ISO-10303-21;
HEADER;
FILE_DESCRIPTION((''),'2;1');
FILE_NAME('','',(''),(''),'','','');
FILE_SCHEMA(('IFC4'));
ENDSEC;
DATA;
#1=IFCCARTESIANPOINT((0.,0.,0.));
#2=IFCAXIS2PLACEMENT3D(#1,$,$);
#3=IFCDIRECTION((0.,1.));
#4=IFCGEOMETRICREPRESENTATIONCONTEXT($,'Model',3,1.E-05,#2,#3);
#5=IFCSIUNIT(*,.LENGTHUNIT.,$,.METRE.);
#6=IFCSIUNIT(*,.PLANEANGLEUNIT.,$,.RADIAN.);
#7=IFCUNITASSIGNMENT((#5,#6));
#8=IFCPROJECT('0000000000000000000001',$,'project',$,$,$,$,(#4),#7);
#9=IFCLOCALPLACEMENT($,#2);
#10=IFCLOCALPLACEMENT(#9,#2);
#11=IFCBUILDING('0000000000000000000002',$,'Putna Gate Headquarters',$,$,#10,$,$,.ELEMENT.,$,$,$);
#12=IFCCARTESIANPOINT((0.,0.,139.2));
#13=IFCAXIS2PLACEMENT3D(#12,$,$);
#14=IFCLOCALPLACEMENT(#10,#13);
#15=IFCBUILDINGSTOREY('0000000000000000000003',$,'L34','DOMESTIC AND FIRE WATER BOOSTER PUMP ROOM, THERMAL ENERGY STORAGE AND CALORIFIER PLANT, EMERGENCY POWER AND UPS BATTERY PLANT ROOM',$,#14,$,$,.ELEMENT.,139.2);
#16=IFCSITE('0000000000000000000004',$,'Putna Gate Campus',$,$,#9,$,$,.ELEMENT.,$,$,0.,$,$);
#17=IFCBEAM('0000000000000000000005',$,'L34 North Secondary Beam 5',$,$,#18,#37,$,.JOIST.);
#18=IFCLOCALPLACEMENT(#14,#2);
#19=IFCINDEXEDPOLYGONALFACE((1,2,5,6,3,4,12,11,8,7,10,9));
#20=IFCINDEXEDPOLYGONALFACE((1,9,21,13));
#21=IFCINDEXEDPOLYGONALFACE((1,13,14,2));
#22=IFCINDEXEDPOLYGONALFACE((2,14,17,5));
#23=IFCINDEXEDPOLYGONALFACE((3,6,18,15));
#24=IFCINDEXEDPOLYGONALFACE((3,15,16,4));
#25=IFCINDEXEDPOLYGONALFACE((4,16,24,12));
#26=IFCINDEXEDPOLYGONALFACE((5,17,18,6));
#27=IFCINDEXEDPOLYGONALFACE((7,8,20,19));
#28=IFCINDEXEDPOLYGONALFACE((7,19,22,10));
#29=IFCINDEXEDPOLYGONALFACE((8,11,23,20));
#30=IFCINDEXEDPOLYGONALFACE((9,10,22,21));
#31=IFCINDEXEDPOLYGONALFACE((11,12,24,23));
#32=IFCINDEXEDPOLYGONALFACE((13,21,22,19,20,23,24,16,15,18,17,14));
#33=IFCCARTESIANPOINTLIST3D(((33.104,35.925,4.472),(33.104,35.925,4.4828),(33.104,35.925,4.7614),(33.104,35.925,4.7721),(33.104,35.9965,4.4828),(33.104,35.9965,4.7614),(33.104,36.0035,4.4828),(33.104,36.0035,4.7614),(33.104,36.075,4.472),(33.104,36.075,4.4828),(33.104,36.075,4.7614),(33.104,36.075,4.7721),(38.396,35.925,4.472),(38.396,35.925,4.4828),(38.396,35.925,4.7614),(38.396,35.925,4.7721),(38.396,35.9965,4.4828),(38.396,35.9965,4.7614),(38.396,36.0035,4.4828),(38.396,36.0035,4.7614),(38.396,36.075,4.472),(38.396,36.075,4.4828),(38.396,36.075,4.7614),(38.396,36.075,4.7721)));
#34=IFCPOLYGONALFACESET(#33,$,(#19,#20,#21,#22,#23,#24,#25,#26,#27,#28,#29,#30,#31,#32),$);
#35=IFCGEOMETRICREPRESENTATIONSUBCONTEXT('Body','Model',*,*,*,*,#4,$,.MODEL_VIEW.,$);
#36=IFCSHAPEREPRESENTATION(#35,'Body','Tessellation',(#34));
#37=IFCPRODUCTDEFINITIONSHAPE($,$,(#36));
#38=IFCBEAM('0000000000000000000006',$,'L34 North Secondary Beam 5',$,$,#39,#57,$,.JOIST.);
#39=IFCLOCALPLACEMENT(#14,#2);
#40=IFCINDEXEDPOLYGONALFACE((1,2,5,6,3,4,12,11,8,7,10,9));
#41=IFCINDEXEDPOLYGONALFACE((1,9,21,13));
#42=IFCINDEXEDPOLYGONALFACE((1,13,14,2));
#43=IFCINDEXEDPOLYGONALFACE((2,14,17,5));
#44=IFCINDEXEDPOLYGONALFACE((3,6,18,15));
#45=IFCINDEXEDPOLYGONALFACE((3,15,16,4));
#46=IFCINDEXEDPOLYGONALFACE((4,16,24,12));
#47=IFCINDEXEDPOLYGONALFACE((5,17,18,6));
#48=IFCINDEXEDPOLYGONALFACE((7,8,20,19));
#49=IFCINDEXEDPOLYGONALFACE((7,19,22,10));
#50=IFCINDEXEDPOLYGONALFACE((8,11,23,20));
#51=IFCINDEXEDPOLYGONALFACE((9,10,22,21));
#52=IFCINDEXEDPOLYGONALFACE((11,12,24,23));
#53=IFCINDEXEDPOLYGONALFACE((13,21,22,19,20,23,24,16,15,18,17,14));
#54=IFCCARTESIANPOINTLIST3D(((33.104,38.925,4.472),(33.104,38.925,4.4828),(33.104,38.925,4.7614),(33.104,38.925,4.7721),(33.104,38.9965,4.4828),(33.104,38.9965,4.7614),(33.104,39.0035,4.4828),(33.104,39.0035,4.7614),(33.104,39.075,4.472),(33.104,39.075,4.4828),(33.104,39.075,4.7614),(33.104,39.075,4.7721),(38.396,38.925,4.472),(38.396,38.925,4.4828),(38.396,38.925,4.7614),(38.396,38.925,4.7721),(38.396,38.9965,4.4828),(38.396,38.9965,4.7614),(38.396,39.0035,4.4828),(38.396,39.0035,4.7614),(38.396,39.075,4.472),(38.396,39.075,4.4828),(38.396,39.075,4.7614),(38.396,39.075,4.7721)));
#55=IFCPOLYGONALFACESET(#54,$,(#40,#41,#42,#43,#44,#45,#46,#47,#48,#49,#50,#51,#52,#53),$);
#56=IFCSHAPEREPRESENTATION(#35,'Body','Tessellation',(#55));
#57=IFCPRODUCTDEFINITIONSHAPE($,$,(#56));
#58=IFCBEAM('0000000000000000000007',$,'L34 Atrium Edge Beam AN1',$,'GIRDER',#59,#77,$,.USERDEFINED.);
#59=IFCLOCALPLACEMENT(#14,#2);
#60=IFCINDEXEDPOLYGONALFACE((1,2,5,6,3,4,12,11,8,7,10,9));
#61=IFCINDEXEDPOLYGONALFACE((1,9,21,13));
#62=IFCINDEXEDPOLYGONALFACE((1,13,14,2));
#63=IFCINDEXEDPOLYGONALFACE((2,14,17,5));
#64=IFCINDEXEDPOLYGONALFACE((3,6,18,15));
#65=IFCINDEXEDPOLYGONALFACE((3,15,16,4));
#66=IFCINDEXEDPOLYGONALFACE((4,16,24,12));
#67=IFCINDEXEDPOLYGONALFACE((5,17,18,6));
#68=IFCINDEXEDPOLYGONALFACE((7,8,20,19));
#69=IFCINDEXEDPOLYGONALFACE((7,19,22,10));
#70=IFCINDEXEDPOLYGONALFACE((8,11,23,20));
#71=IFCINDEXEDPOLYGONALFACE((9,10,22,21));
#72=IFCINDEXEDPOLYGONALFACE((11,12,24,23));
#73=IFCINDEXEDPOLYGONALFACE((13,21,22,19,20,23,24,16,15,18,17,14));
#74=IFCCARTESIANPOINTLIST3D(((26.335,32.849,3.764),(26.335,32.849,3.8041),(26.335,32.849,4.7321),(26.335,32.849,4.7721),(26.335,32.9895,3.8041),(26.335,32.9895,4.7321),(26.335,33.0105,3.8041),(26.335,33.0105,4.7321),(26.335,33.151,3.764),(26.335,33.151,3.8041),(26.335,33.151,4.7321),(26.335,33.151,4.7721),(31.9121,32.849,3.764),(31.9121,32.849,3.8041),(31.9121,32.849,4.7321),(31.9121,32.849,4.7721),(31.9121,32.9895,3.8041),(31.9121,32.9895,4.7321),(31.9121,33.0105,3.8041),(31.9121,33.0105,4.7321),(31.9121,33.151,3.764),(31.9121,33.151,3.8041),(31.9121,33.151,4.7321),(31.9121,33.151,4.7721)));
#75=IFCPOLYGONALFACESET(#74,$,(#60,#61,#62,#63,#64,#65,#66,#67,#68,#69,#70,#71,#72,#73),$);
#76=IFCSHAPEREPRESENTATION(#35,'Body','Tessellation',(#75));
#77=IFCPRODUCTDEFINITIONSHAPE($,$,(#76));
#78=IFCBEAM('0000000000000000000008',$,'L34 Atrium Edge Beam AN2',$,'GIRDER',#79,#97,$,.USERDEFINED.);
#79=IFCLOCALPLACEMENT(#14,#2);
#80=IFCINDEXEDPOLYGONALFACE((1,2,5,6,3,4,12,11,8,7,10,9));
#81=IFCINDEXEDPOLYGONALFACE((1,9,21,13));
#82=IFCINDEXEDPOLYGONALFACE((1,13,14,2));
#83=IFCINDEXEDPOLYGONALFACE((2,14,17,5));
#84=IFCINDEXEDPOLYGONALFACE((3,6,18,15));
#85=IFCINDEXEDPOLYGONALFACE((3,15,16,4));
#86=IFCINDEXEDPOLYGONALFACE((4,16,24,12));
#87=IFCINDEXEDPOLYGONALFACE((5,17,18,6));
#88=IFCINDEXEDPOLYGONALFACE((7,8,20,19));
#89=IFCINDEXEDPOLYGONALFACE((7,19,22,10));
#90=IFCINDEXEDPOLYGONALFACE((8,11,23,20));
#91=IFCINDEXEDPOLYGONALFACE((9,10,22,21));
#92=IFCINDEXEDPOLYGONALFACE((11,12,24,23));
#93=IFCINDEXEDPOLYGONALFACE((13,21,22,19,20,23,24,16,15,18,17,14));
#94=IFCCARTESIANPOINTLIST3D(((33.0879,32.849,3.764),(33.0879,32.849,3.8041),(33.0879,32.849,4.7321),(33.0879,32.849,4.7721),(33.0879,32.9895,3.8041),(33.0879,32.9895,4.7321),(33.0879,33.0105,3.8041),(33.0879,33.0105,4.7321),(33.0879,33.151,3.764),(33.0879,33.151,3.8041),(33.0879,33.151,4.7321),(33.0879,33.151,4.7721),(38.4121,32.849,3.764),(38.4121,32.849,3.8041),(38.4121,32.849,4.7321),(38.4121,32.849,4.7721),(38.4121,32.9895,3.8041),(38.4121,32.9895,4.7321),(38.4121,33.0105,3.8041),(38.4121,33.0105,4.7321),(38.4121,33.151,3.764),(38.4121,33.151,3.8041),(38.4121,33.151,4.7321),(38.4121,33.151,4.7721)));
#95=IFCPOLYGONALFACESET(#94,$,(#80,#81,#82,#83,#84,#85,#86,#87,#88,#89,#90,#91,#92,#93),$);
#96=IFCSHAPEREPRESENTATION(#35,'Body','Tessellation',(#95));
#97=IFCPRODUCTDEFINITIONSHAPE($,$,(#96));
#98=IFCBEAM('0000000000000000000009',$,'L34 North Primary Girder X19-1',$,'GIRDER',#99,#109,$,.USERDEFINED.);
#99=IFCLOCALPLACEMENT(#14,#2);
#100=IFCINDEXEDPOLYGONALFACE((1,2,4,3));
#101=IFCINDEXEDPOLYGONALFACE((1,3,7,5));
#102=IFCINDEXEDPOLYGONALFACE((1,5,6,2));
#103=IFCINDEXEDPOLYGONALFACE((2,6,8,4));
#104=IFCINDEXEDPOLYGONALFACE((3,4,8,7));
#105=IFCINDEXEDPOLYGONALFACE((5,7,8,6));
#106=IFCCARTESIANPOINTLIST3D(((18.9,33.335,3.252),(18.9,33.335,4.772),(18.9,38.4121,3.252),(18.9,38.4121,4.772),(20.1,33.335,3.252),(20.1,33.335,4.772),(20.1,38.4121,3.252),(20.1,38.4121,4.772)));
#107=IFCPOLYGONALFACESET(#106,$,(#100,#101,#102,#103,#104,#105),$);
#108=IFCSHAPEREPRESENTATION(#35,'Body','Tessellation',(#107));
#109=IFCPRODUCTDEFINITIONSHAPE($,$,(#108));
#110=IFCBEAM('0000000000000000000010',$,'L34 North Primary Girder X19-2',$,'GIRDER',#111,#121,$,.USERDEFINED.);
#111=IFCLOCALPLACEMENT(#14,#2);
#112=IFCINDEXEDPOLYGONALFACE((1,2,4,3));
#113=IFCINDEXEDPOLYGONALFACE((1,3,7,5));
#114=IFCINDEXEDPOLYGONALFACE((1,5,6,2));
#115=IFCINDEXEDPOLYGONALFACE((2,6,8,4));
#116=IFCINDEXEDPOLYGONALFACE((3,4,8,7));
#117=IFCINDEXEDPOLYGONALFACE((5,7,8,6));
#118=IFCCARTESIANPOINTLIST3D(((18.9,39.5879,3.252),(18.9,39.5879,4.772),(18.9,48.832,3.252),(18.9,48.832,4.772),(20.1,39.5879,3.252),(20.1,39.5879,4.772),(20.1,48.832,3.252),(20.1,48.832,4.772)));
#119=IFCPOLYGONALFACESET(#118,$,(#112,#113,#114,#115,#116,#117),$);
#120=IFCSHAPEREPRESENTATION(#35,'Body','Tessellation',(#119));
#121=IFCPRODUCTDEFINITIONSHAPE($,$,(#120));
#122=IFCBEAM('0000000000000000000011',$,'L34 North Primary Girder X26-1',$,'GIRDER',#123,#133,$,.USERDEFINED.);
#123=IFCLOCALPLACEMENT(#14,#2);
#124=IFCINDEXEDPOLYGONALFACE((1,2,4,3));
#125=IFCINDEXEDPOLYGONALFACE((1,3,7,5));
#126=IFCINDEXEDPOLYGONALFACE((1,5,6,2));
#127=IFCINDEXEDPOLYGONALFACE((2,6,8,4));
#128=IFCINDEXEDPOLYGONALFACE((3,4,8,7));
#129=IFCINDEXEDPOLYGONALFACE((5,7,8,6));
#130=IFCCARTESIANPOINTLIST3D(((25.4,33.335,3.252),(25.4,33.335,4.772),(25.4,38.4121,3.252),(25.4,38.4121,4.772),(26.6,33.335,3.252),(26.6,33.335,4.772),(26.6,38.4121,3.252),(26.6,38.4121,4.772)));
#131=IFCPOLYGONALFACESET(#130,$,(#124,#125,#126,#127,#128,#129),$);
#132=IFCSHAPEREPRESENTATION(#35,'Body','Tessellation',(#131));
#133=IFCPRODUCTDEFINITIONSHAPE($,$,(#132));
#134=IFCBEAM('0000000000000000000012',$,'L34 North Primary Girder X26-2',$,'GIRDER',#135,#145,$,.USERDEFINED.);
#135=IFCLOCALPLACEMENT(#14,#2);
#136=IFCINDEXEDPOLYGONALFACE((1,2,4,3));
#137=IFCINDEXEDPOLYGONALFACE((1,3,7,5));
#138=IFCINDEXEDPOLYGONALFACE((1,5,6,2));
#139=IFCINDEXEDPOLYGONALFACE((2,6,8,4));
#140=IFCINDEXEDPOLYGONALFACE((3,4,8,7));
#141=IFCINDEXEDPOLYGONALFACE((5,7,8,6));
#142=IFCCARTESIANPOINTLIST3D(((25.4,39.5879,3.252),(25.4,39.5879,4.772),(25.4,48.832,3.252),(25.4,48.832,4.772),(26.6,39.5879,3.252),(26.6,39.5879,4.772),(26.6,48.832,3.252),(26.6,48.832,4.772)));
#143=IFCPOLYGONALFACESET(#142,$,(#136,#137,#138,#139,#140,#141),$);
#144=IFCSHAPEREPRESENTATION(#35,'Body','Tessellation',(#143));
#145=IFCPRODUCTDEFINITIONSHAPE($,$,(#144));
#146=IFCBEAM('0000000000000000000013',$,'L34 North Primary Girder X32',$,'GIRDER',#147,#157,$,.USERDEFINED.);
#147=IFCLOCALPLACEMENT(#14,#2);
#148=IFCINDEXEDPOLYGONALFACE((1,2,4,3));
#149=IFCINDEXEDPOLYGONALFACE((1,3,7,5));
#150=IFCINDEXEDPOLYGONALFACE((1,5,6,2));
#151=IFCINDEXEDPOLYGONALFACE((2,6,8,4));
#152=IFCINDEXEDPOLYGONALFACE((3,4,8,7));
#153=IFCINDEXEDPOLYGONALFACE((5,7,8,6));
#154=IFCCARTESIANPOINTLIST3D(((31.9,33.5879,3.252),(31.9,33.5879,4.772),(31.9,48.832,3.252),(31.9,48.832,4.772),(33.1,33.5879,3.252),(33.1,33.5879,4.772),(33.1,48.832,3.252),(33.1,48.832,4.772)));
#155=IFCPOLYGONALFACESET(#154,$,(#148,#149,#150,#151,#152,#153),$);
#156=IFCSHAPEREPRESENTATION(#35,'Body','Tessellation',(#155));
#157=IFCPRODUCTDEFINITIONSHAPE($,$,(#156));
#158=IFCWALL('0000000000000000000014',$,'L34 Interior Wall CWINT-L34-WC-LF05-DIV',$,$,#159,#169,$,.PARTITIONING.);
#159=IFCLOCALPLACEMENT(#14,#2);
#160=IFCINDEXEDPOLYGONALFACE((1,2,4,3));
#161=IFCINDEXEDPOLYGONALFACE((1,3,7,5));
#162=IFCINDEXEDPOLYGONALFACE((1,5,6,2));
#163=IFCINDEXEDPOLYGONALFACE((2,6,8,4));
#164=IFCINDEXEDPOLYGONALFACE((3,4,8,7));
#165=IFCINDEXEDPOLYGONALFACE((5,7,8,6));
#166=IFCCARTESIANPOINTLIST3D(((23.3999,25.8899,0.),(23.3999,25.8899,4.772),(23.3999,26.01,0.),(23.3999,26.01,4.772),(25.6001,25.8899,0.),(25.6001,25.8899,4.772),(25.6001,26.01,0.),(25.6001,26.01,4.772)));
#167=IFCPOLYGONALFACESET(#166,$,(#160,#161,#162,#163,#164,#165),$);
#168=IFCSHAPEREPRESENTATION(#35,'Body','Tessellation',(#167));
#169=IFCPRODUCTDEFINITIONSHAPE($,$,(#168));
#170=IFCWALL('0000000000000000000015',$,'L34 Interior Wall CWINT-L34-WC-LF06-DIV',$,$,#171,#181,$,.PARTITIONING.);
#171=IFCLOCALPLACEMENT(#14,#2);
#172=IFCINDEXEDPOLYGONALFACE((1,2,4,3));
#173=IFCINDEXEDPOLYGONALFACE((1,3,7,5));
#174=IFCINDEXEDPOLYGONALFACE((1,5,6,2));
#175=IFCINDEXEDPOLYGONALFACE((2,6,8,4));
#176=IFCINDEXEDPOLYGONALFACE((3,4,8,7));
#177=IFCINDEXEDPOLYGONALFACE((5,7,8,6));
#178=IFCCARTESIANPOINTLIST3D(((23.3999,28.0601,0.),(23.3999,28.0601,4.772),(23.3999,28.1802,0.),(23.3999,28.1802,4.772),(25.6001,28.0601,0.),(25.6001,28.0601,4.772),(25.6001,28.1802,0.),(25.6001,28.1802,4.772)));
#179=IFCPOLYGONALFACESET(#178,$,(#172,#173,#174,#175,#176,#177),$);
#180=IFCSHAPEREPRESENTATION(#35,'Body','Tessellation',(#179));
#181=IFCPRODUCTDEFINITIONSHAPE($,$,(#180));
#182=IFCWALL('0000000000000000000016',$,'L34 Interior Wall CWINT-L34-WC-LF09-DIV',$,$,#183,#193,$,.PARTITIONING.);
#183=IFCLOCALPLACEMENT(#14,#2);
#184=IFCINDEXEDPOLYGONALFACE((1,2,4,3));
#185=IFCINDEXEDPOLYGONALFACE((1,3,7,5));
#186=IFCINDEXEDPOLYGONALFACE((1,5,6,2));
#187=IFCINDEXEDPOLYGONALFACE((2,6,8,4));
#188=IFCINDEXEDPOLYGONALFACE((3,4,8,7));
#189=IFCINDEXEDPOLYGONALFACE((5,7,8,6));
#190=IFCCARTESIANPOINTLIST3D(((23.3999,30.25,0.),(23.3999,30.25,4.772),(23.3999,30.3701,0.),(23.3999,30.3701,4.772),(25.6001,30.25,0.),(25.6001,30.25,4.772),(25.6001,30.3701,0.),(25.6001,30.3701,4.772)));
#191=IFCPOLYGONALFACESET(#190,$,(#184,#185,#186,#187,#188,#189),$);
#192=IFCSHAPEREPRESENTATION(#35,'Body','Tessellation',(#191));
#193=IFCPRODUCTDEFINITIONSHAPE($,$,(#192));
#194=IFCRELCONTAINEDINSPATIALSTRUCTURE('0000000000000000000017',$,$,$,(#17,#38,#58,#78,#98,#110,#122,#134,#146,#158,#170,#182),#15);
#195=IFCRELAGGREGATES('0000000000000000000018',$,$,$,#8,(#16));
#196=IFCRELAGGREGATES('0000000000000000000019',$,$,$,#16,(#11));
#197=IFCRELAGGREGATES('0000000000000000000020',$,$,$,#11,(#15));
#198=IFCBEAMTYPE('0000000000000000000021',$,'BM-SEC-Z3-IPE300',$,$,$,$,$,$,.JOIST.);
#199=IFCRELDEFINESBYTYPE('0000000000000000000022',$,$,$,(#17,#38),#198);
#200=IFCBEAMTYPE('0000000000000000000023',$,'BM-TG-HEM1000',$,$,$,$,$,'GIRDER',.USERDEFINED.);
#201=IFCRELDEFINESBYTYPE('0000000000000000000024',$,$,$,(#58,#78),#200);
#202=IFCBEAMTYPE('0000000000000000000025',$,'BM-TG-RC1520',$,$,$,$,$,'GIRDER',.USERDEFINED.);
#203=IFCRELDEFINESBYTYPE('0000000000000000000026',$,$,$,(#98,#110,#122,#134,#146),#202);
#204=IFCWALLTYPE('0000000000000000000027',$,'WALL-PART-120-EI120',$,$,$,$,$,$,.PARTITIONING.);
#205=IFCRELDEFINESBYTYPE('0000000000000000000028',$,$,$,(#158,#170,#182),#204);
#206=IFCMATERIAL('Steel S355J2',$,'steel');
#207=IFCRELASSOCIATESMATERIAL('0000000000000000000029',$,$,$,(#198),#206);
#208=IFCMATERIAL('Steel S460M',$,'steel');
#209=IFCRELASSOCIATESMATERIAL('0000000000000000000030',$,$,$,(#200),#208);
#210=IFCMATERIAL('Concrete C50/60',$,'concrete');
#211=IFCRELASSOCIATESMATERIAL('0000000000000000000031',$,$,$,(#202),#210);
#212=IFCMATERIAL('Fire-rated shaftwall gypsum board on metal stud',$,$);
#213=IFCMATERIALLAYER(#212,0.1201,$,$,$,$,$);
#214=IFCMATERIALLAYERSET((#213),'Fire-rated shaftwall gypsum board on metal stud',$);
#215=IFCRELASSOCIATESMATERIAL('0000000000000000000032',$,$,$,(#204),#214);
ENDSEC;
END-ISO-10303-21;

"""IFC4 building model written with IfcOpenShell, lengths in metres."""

from ifc_helpers import new_model, si_unit, direction, frame, frame_2d, origin, origin_2d, place, context, subcontext, project, spatial, rectangle, i_section, extrude, material, layer, layer_set, material_profile, profile_set, type_object, element, save


model = new_model("IFC4")

# Units and contexts
model_context = context("Model", 3, precision=1e-05, world=origin(), true_north=direction((0.0, 1.0)))
body_context = subcontext(model_context, "Body", "Model", "MODEL_VIEW")
ifc_project = project(units=[si_unit("LENGTHUNIT", "METRE"), si_unit("PLANEANGLEUNIT", "RADIAN")], contexts=[model_context])

# Site, building, storey
site_placement = place(None, origin())
site = spatial("IfcSite", under=ifc_project, at=site_placement, Name="Putna Gate Campus", CompositionType="ELEMENT", RefElevation=0.0)
building_placement = place(site_placement, origin())
building = spatial("IfcBuilding", under=site, at=building_placement, Name="Putna Gate Headquarters", CompositionType="ELEMENT")
storey_placement = place(building_placement, frame((0.0, 0.0, 139.2)))
storey = spatial("IfcBuildingStorey", under=building, at=storey_placement, Name="L34", Description="DOMESTIC AND FIRE WATER BOOSTER PUMP ROOM, THERMAL ENERGY STORAGE AND CALORIFIER PLANT, EMERGENCY POWER AND UPS BATTERY PLANT ROOM", CompositionType="ELEMENT", Elevation=139.2)

# Beams
ifc_material_1 = material(Name="Steel S355J2", Category="steel")
ifc_material_profile_1 = material_profile(ifc_material_1, i_section(OverallWidth=0.1499, OverallDepth=0.3, WebThickness=0.0071, FlangeThickness=0.0107, at=origin_2d()), Name="Steel S355J2")
ifc_profile_set_1 = profile_set([ifc_material_profile_1], Name="Steel S355J2")
beam_type_1 = type_object("IfcBeamType", Name="BM-SEC-Z3-IPE300", PredefinedType="JOIST", material=ifc_profile_set_1)
for number, where, z_axis, x_axis, name in (
    (1, (33.104, 36.0, 4.6221), (1.0, 0.0, 0.0), (0.0, 1.0, 0.0), "L34 North Secondary Beam 5"),
    (2, (33.104, 39.0, 4.6221), (1.0, 0.0, 0.0), (0.0, 1.0, 0.0), "L34 North Secondary Beam 5"),
):
    element("IfcBeam", number, at=place(storey_placement, frame(where, z_axis=z_axis, x_axis=x_axis)), inside=storey, type_object=beam_type_1, Name=name, PredefinedType="JOIST", context=body_context, shape_type="SweptSolid", body=[
        extrude(i_section(OverallWidth=0.1499, OverallDepth=0.3, WebThickness=0.0071, FlangeThickness=0.0107, at=origin_2d()), origin(), (0.0, 0.0, 1.0), 5.292),
    ])
ifc_material_2 = material(Name="Steel S460M", Category="steel")
ifc_material_profile_2 = material_profile(ifc_material_2, i_section(OverallWidth=0.302, OverallDepth=1.0081, WebThickness=0.021, FlangeThickness=0.04, at=origin_2d()), Name="Steel S460M")
ifc_profile_set_2 = profile_set([ifc_material_profile_2], Name="Steel S460M")
beam_type_2 = type_object("IfcBeamType", Name="BM-TG-HEM1000", ElementType="GIRDER", PredefinedType="USERDEFINED", material=ifc_profile_set_2)
beam_1_placement = place(storey_placement, frame((26.335, 33.0, 4.2681), z_axis=(1.0, 0.0, 0.0), x_axis=(0.0, 1.0, 0.0)))
element("IfcBeam", 3, at=beam_1_placement, inside=storey, type_object=beam_type_2, Name="L34 Atrium Edge Beam AN1", ObjectType="GIRDER", PredefinedType="USERDEFINED", context=body_context, shape_type="SweptSolid", body=[
    extrude(i_section(OverallWidth=0.302, OverallDepth=1.0081, WebThickness=0.021, FlangeThickness=0.04, at=origin_2d()), origin(), (0.0, 0.0, 1.0), 5.5771),
])
beam_2_placement = place(storey_placement, frame((33.0879, 33.0, 4.2681), z_axis=(1.0, 0.0, 0.0), x_axis=(0.0, 1.0, 0.0)))
element("IfcBeam", 4, at=beam_2_placement, inside=storey, type_object=beam_type_2, Name="L34 Atrium Edge Beam AN2", ObjectType="GIRDER", PredefinedType="USERDEFINED", context=body_context, shape_type="SweptSolid", body=[
    extrude(i_section(OverallWidth=0.302, OverallDepth=1.0081, WebThickness=0.021, FlangeThickness=0.04, at=origin_2d()), origin(), (0.0, 0.0, 1.0), 5.3242),
])
ifc_material_3 = material(Name="Concrete C50/60", Category="concrete")
ifc_material_profile_3 = material_profile(ifc_material_3, rectangle(XDim=1.2, YDim=1.52, at=origin_2d()), Name="Concrete C50/60")
ifc_profile_set_3 = profile_set([ifc_material_profile_3], Name="Concrete C50/60")
beam_type_3 = type_object("IfcBeamType", Name="BM-TG-RC1520", ElementType="GIRDER", PredefinedType="USERDEFINED", material=ifc_profile_set_3)
beam_3_placement = place(storey_placement, frame((19.5, 33.335, 4.012), z_axis=(0.0, 1.0, 0.0), x_axis=(-1.0, 0.0, 0.0)))
element("IfcBeam", 5, at=beam_3_placement, inside=storey, type_object=beam_type_3, Name="L34 North Primary Girder X19-1", ObjectType="GIRDER", PredefinedType="USERDEFINED", context=body_context, shape_type="SweptSolid", body=[
    extrude(rectangle(XDim=1.2, YDim=1.52, at=origin_2d()), origin(), (0.0, 0.0, 1.0), 5.0771),
])
beam_4_placement = place(storey_placement, frame((19.5, 39.5879, 4.012), z_axis=(0.0, 1.0, 0.0), x_axis=(-1.0, 0.0, 0.0)))
element("IfcBeam", 6, at=beam_4_placement, inside=storey, type_object=beam_type_3, Name="L34 North Primary Girder X19-2", ObjectType="GIRDER", PredefinedType="USERDEFINED", context=body_context, shape_type="SweptSolid", body=[
    extrude(rectangle(XDim=1.2, YDim=1.52, at=origin_2d()), origin(), (0.0, 0.0, 1.0), 9.2441),
])
beam_5_placement = place(storey_placement, frame((26.0, 33.335, 4.012), z_axis=(0.0, 1.0, 0.0), x_axis=(-1.0, 0.0, 0.0)))
element("IfcBeam", 7, at=beam_5_placement, inside=storey, type_object=beam_type_3, Name="L34 North Primary Girder X26-1", ObjectType="GIRDER", PredefinedType="USERDEFINED", context=body_context, shape_type="SweptSolid", body=[
    extrude(rectangle(XDim=1.2, YDim=1.52, at=origin_2d()), origin(), (0.0, 0.0, 1.0), 5.0771),
])
beam_6_placement = place(storey_placement, frame((26.0, 39.5879, 4.012), z_axis=(0.0, 1.0, 0.0), x_axis=(-1.0, 0.0, 0.0)))
element("IfcBeam", 8, at=beam_6_placement, inside=storey, type_object=beam_type_3, Name="L34 North Primary Girder X26-2", ObjectType="GIRDER", PredefinedType="USERDEFINED", context=body_context, shape_type="SweptSolid", body=[
    extrude(rectangle(XDim=1.2, YDim=1.52, at=origin_2d()), origin(), (0.0, 0.0, 1.0), 9.2441),
])
beam_7_placement = place(storey_placement, frame((32.5, 33.5879, 4.012), z_axis=(0.0, 1.0, 0.0), x_axis=(-1.0, 0.0, 0.0)))
element("IfcBeam", 9, at=beam_7_placement, inside=storey, type_object=beam_type_3, Name="L34 North Primary Girder X32", ObjectType="GIRDER", PredefinedType="USERDEFINED", context=body_context, shape_type="SweptSolid", body=[
    extrude(rectangle(XDim=1.2, YDim=1.52, at=origin_2d()), origin(), (0.0, 0.0, 1.0), 15.2441),
])

# Walls
ifc_material_4 = material(Name="Fire-rated shaftwall gypsum board on metal stud")
ifc_layer_1 = layer(ifc_material_4, 0.1201)
ifc_layer_set_1 = layer_set([ifc_layer_1], Name="Fire-rated shaftwall gypsum board on metal stud")
wall_type_1 = type_object("IfcWallType", Name="WALL-PART-120-EI120", PredefinedType="PARTITIONING", material=ifc_layer_set_1)
for number, where, z_axis, x_axis, name in (
    (10, (23.3999, 25.95, 0.0), (0.0, 0.0, 1.0), (1.0, 0.0, 0.0), "L34 Interior Wall CWINT-L34-WC-LF05-DIV"),
    (11, (23.3999, 28.1201, 0.0), (0.0, 0.0, 1.0), (1.0, 0.0, 0.0), "L34 Interior Wall CWINT-L34-WC-LF06-DIV"),
    (12, (23.3999, 30.3101, 0.0), (0.0, 0.0, 1.0), (1.0, 0.0, 0.0), "L34 Interior Wall CWINT-L34-WC-LF09-DIV"),
):
    element("IfcWall", number, at=place(storey_placement, frame(where, z_axis=z_axis, x_axis=x_axis)), inside=storey, type_object=wall_type_1, Name=name, PredefinedType="PARTITIONING", context=body_context, shape_type="SweptSolid", body=[
        extrude(rectangle(XDim=2.2002, YDim=0.1201, at=frame_2d((1.1001, 0.0))), origin(), (0.0, 0.0, 1.0), 4.772),
    ])

save(model, "model.ifc")
